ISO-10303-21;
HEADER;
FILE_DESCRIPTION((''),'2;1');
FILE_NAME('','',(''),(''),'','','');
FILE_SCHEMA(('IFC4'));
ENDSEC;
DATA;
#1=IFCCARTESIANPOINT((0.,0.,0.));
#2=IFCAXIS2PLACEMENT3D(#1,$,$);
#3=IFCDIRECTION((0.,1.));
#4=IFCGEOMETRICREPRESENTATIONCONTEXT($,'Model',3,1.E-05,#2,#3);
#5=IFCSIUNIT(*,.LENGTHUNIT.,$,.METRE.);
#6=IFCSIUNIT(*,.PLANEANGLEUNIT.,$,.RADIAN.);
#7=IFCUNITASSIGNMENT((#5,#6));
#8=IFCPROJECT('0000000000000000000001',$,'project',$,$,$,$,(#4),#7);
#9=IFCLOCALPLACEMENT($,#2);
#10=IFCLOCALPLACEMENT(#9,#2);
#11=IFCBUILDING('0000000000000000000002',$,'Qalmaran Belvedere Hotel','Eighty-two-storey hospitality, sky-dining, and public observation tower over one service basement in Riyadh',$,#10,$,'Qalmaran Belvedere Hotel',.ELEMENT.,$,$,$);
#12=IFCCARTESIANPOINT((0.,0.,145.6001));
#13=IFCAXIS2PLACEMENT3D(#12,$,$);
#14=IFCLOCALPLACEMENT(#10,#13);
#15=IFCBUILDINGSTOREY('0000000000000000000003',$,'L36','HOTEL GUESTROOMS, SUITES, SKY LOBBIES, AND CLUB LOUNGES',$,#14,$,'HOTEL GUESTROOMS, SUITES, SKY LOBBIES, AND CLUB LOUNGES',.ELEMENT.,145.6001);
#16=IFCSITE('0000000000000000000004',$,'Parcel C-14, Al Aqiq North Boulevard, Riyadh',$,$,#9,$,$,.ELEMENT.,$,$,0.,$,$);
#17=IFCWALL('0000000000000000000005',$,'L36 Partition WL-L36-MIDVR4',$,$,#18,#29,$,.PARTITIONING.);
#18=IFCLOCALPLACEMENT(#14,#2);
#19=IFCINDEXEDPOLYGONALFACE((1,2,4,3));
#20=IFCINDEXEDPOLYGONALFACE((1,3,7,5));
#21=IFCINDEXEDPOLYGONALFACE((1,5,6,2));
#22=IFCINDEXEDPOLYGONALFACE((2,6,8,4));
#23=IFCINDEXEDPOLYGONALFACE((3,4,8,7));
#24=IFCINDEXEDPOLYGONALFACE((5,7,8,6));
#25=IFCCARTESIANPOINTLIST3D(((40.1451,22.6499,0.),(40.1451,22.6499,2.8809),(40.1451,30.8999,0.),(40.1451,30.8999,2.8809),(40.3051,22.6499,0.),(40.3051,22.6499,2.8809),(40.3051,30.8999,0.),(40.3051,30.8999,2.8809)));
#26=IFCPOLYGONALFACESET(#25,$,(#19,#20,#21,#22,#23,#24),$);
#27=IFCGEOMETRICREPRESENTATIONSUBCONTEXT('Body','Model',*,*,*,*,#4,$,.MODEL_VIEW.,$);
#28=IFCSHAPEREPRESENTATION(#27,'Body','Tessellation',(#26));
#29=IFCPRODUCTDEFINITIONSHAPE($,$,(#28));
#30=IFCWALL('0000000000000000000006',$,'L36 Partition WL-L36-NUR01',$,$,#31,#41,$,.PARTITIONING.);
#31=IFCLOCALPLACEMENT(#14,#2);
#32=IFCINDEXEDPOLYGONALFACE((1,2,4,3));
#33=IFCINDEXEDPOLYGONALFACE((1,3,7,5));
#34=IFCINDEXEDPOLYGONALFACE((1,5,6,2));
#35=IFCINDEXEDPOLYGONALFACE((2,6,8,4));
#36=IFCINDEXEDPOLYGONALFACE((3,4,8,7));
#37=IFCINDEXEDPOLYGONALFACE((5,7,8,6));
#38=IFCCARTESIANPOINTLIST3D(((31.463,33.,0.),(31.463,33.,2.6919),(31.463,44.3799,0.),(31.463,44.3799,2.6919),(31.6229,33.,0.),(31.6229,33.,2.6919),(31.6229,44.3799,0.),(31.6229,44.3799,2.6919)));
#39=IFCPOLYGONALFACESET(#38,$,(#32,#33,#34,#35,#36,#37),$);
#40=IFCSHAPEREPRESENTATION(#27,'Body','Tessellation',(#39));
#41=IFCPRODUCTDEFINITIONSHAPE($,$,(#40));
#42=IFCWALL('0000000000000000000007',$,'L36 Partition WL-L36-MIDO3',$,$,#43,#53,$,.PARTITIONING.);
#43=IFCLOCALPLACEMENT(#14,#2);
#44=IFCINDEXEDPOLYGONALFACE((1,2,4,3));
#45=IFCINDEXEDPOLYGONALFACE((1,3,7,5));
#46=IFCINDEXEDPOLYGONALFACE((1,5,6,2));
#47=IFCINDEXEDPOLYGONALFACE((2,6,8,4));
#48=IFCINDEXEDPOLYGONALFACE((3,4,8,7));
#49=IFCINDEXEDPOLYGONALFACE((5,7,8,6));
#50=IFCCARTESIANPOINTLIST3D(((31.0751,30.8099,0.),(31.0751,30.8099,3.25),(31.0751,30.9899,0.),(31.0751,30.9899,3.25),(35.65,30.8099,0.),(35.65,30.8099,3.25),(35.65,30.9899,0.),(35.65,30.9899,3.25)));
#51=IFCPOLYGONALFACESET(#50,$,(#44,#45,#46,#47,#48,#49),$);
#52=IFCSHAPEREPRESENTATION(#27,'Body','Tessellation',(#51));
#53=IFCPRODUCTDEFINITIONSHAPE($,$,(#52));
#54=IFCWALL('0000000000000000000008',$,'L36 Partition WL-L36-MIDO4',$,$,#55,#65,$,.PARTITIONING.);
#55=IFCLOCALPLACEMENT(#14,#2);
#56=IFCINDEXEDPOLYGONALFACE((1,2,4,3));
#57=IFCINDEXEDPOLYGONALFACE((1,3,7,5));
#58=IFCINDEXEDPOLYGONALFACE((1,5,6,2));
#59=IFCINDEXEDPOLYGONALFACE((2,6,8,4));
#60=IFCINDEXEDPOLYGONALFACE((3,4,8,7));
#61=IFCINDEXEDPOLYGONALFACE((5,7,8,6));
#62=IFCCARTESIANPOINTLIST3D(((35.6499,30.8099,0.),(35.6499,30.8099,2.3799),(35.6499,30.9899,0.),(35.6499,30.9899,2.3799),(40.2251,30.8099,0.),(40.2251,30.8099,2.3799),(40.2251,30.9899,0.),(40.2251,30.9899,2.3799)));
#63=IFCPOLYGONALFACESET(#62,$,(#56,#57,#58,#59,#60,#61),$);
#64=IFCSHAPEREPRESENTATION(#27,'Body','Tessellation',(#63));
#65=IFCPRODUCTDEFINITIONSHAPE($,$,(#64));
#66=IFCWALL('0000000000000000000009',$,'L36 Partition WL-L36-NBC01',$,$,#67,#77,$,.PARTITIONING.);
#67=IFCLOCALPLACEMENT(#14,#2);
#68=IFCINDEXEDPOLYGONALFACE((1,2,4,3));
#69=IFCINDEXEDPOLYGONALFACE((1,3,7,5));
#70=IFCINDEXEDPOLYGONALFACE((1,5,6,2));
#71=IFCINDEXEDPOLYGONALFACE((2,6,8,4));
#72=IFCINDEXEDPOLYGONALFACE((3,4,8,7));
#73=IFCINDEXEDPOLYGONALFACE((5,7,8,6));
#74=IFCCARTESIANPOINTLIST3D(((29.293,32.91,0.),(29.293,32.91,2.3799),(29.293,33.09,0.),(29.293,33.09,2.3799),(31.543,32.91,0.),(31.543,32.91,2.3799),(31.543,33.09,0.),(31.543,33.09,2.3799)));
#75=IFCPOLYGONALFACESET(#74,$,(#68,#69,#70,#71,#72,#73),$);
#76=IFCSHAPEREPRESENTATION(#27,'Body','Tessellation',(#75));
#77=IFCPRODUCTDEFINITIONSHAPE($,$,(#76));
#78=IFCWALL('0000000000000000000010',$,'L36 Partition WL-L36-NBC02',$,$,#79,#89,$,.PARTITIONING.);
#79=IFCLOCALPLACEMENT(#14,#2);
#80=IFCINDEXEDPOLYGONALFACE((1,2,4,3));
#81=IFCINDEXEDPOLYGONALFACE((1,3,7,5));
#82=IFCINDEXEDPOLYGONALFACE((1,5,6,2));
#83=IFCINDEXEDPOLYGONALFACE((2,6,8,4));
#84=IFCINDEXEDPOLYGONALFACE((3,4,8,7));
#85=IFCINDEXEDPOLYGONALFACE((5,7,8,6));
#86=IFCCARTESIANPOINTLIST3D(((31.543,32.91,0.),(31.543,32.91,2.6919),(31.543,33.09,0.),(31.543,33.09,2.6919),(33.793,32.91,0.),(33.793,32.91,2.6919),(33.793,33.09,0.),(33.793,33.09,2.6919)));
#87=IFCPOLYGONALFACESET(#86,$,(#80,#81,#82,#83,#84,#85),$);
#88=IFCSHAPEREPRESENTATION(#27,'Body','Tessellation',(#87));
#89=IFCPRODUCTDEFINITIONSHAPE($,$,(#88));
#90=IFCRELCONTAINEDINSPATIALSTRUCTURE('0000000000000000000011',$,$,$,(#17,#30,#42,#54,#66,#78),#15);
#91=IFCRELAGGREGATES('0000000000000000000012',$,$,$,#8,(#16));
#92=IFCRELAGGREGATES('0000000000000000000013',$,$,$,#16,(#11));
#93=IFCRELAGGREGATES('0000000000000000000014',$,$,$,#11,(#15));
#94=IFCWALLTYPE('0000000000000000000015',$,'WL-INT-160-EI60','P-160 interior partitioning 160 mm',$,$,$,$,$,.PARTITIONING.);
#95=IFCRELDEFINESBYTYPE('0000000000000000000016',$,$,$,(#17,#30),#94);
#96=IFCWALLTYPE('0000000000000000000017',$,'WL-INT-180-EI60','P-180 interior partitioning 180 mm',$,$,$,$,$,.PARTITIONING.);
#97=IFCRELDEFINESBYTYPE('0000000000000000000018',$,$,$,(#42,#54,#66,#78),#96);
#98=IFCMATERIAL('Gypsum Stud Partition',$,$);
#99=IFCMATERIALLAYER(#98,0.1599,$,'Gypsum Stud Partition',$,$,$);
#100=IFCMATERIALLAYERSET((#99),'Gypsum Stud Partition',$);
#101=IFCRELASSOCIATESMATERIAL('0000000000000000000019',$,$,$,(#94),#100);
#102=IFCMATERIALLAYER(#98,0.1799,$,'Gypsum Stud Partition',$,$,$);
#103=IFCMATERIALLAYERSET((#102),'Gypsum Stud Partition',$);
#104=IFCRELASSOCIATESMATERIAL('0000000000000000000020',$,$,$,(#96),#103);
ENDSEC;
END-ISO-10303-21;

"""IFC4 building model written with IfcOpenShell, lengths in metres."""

from ifc_helpers import new_model, si_unit, direction, frame, frame_2d, origin, place, context, subcontext, project, spatial, rectangle, extrude, material, layer, layer_set, type_object, element, save


model = new_model("IFC4")

# Units and contexts
model_context = context("Model", 3, precision=1e-05, world=origin(), true_north=direction((0.0, 1.0)))
body_context = subcontext(model_context, "Body", "Model", "MODEL_VIEW")
ifc_project = project(units=[si_unit("LENGTHUNIT", "METRE"), si_unit("PLANEANGLEUNIT", "RADIAN")], contexts=[model_context])

# Site, building, storey
site_placement = place(None, origin())
site = spatial("IfcSite", under=ifc_project, at=site_placement, Name="Parcel C-14, Al Aqiq North Boulevard, Riyadh", CompositionType="ELEMENT", RefElevation=0.0)
building_placement = place(site_placement, origin())
building = spatial("IfcBuilding", under=site, at=building_placement, Name="Qalmaran Belvedere Hotel", Description="Eighty-two-storey hospitality, sky-dining, and public observation tower over one service basement in Riyadh", LongName="Qalmaran Belvedere Hotel", CompositionType="ELEMENT")
storey_placement = place(building_placement, frame((0.0, 0.0, 145.6001)))
storey = spatial("IfcBuildingStorey", under=building, at=storey_placement, Name="L36", Description="HOTEL GUESTROOMS, SUITES, SKY LOBBIES, AND CLUB LOUNGES", LongName="HOTEL GUESTROOMS, SUITES, SKY LOBBIES, AND CLUB LOUNGES", CompositionType="ELEMENT", Elevation=145.6001)

# Walls
ifc_material_1 = material(Name="Gypsum Stud Partition")
ifc_layer_1 = layer(ifc_material_1, 0.1599, Name="Gypsum Stud Partition")
ifc_layer_set_1 = layer_set([ifc_layer_1], Name="Gypsum Stud Partition")
wall_type_1 = type_object("IfcWallType", Name="WL-INT-160-EI60", Description="P-160 interior partitioning 160 mm", PredefinedType="PARTITIONING", material=ifc_layer_set_1)
for number, where, z_axis, x_axis, name in (
    (1, (40.2251, 22.6499, 0.0), (0.0, 0.0, 1.0), (0.0, 1.0, 0.0), "L36 Partition WL-L36-MIDVR4"),
):
    element("IfcWall", number, at=place(storey_placement, frame(where, z_axis=z_axis, x_axis=x_axis)), inside=storey, type_object=wall_type_1, Name=name, PredefinedType="PARTITIONING", context=body_context, shape_type="SweptSolid", body=[
        extrude(rectangle(XDim=8.25, YDim=0.1599, at=frame_2d((4.125, 0.0))), origin(), (0.0, 0.0, 1.0), 2.8809),
    ])
wall_1_placement = place(storey_placement, frame((31.543, 33.0, 0.0), z_axis=(0.0, 0.0, 1.0), x_axis=(0.0, 1.0, 0.0)))
element("IfcWall", 2, at=wall_1_placement, inside=storey, type_object=wall_type_1, Name="L36 Partition WL-L36-NUR01", PredefinedType="PARTITIONING", context=body_context, shape_type="SweptSolid", body=[
    extrude(rectangle(XDim=11.3799, YDim=0.1599, at=frame_2d((5.6899, 0.0))), origin(), (0.0, 0.0, 1.0), 2.6919),
])

# Shared definitions
ifc_layer_2 = layer(ifc_material_1, 0.1799, Name="Gypsum Stud Partition")
ifc_layer_set_2 = layer_set([ifc_layer_2], Name="Gypsum Stud Partition")
wall_type_2 = type_object("IfcWallType", Name="WL-INT-180-EI60", Description="P-180 interior partitioning 180 mm", PredefinedType="PARTITIONING", material=ifc_layer_set_2)

# Wall
wall_2_placement = place(storey_placement, frame((31.075, 30.8999, 0.0), z_axis=(0.0, 0.0, 1.0), x_axis=(1.0, 0.0, 0.0)))
element("IfcWall", 3, at=wall_2_placement, inside=storey, type_object=wall_type_2, Name="L36 Partition WL-L36-MIDO3", PredefinedType="PARTITIONING", context=body_context, shape_type="SweptSolid", body=[
    extrude(rectangle(XDim=4.575, YDim=0.1799, at=frame_2d((2.2876, 0.0))), origin(), (0.0, 0.0, 1.0), 3.25),
])

# Walls
wall_3_placement = place(storey_placement, frame((35.6499, 30.8999, 0.0), z_axis=(0.0, 0.0, 1.0), x_axis=(1.0, 0.0, 0.0)))
element("IfcWall", 4, at=wall_3_placement, inside=storey, type_object=wall_type_2, Name="L36 Partition WL-L36-MIDO4", PredefinedType="PARTITIONING", context=body_context, shape_type="SweptSolid", body=[
    extrude(rectangle(XDim=4.5752, YDim=0.1799, at=frame_2d((2.2876, 0.0))), origin(), (0.0, 0.0, 1.0), 2.3799),
])
wall_4_placement = place(storey_placement, frame((29.293, 33.0, 0.0), z_axis=(0.0, 0.0, 1.0), x_axis=(1.0, 0.0, 0.0)))
element("IfcWall", 5, at=wall_4_placement, inside=storey, type_object=wall_type_2, Name="L36 Partition WL-L36-NBC01", PredefinedType="PARTITIONING", context=body_context, shape_type="SweptSolid", body=[
    extrude(rectangle(XDim=2.25, YDim=0.1799, at=frame_2d((1.125, 0.0))), origin(), (0.0, 0.0, 1.0), 2.3799),
])
wall_5_placement = place(storey_placement, frame((31.543, 33.0, 0.0), z_axis=(0.0, 0.0, 1.0), x_axis=(1.0, 0.0, 0.0)))
element("IfcWall", 6, at=wall_5_placement, inside=storey, type_object=wall_type_2, Name="L36 Partition WL-L36-NBC02", PredefinedType="PARTITIONING", context=body_context, shape_type="SweptSolid", body=[
    extrude(rectangle(XDim=2.25, YDim=0.1799, at=frame_2d((1.125, 0.0))), origin(), (0.0, 0.0, 1.0), 2.6919),
])

save(model, "model.ifc")
